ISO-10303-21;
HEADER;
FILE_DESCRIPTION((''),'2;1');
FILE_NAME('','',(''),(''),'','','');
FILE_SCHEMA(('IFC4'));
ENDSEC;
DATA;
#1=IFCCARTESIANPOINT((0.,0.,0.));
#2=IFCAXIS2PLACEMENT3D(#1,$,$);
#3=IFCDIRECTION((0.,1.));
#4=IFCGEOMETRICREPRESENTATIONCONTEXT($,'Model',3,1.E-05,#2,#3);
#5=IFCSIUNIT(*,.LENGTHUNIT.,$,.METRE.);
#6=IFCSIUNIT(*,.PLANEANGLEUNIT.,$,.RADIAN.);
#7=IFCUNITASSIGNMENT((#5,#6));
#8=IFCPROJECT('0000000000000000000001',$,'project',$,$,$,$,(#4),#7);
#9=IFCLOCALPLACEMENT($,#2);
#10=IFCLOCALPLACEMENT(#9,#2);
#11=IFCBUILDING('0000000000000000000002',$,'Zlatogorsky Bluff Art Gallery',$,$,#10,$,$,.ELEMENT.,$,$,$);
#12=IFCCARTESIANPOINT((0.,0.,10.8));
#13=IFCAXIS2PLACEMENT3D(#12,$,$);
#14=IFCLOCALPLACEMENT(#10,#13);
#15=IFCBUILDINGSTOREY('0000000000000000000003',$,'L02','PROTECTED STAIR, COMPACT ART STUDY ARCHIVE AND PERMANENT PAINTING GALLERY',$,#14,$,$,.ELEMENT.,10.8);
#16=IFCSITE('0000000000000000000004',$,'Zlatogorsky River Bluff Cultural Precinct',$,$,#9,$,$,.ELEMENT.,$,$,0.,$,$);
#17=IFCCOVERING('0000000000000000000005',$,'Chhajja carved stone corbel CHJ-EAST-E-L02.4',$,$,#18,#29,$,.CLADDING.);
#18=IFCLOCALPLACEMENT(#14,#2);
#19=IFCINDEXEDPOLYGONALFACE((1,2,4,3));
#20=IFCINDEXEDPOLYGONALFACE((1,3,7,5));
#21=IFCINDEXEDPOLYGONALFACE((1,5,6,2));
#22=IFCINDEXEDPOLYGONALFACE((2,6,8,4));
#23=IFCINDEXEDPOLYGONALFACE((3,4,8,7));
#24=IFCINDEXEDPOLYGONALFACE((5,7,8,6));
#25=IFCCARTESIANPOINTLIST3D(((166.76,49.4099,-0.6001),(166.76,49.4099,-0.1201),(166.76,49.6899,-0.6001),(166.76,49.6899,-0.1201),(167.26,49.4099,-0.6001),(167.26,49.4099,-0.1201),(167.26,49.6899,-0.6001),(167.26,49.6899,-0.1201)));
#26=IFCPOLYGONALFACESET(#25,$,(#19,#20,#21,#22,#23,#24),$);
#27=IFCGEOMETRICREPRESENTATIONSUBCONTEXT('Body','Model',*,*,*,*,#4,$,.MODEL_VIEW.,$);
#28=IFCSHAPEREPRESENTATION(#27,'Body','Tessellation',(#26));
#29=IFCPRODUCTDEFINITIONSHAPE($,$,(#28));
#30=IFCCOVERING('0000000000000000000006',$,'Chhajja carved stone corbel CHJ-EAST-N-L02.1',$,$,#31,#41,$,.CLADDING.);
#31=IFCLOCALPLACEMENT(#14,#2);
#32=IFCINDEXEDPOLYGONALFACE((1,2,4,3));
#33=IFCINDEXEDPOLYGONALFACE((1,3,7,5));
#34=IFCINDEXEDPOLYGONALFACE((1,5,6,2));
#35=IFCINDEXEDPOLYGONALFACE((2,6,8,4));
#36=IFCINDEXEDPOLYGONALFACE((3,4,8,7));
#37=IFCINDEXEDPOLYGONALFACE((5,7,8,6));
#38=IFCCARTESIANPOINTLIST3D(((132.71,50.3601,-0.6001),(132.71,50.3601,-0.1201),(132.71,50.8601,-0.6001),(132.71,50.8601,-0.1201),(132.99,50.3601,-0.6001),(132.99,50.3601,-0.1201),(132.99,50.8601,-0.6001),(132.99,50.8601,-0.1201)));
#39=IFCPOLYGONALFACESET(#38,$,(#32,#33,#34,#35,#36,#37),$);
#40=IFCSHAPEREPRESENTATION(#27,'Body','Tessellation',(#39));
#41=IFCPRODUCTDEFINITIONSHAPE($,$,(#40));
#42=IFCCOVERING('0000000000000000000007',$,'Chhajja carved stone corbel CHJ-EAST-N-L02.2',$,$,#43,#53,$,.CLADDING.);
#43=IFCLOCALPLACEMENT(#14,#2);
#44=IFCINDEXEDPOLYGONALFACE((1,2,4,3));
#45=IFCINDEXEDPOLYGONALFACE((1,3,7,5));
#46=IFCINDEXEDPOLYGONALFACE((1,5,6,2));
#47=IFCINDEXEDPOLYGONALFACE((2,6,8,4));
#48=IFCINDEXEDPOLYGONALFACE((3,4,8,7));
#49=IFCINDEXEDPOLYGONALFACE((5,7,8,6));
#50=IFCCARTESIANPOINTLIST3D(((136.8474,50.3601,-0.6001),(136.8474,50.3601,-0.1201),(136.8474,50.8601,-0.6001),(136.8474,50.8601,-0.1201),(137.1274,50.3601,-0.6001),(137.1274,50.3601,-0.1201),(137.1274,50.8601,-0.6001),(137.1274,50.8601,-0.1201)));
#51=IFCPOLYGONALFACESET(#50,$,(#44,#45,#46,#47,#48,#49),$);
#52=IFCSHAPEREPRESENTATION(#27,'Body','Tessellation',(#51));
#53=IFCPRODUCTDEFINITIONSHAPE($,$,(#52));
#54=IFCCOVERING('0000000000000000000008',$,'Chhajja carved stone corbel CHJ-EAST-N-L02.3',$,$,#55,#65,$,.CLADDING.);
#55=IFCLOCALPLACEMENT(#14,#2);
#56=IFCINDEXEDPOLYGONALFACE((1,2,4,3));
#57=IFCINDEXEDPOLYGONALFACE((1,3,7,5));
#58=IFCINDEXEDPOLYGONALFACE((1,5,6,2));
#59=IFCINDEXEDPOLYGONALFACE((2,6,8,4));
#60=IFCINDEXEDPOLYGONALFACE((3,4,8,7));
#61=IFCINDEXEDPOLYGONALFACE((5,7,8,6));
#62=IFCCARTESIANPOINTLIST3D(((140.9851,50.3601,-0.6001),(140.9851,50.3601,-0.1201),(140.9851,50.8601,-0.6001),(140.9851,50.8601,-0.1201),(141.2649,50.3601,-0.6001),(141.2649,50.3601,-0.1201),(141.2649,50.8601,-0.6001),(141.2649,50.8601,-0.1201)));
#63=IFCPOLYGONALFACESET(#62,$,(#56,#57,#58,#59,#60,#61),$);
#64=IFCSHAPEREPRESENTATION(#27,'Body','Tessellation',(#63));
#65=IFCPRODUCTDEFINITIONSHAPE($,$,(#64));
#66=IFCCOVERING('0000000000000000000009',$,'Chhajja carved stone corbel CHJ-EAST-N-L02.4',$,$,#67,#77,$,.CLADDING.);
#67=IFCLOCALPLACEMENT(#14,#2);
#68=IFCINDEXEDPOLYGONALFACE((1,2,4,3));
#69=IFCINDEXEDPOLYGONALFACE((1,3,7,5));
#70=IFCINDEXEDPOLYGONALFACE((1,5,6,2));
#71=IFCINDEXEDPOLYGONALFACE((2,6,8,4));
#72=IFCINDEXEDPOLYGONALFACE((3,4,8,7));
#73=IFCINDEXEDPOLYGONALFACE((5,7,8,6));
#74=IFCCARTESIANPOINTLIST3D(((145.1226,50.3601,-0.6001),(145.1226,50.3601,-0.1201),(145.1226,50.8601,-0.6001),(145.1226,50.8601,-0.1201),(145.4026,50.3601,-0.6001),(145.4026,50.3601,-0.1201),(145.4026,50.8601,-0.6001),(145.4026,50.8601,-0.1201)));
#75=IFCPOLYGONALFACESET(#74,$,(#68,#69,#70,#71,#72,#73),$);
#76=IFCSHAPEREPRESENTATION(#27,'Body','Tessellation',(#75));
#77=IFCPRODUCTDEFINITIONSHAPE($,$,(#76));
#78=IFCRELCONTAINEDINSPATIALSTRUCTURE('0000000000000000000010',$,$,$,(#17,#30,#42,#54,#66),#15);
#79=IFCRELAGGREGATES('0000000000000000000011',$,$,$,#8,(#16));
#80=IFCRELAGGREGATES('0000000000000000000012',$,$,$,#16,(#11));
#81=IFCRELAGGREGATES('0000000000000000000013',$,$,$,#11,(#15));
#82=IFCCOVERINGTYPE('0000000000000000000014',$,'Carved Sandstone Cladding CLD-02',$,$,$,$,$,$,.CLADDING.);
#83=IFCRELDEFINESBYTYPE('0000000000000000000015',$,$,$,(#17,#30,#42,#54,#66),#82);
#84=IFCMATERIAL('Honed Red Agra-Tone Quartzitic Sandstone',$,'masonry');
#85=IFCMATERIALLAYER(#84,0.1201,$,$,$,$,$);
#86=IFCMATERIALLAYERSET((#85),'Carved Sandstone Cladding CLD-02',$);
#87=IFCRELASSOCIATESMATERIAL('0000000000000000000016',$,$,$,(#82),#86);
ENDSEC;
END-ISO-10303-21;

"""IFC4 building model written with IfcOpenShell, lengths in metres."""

from ifc_helpers import new_model, si_unit, direction, frame, origin, place, context, subcontext, project, spatial, polyline, outline, extrude, material, layer, layer_set, type_object, element, save


model = new_model("IFC4")

# Units and contexts
model_context = context("Model", 3, precision=1e-05, world=origin(), true_north=direction((0.0, 1.0)))
body_context = subcontext(model_context, "Body", "Model", "MODEL_VIEW")
ifc_project = project(units=[si_unit("LENGTHUNIT", "METRE"), si_unit("PLANEANGLEUNIT", "RADIAN")], contexts=[model_context])

# Site, building, storey
site_placement = place(None, origin())
site = spatial("IfcSite", under=ifc_project, at=site_placement, Name="Zlatogorsky River Bluff Cultural Precinct", CompositionType="ELEMENT", RefElevation=0.0)
building_placement = place(site_placement, origin())
building = spatial("IfcBuilding", under=site, at=building_placement, Name="Zlatogorsky Bluff Art Gallery", CompositionType="ELEMENT")
storey_placement = place(building_placement, frame((0.0, 0.0, 10.8)))
storey = spatial("IfcBuildingStorey", under=building, at=storey_placement, Name="L02", Description="PROTECTED STAIR, COMPACT ART STUDY ARCHIVE AND PERMANENT PAINTING GALLERY", CompositionType="ELEMENT", Elevation=10.8)

# Coverings
ifc_material = material(Name="Honed Red Agra-Tone Quartzitic Sandstone", Category="masonry")
ifc_layer = layer(ifc_material, 0.1201)
ifc_layer_set = layer_set([ifc_layer], Name="Carved Sandstone Cladding CLD-02")
covering_type = type_object("IfcCoveringType", Name="Carved Sandstone Cladding CLD-02", PredefinedType="CLADDING", material=ifc_layer_set)
covering_1_placement = place(storey_placement, frame((0.0, 0.0, -0.6001)))
element("IfcCovering", 1, at=covering_1_placement, inside=storey, type_object=covering_type, Name="Chhajja carved stone corbel CHJ-EAST-E-L02.4", PredefinedType="CLADDING", context=body_context, shape_type="SweptSolid", body=[
    extrude(outline(polyline([(166.76, 49.4099), (166.76, 49.6899), (167.26, 49.6899), (167.26, 49.4099), (166.76, 49.4099)])), origin(), (0.0, 0.0, 1.0), 0.48),
])
covering_2_placement = place(storey_placement, frame((0.0, 0.0, -0.6001)))
element("IfcCovering", 2, at=covering_2_placement, inside=storey, type_object=covering_type, Name="Chhajja carved stone corbel CHJ-EAST-N-L02.1", PredefinedType="CLADDING", context=body_context, shape_type="SweptSolid", body=[
    extrude(outline(polyline([(132.71, 50.3601), (132.99, 50.3601), (132.99, 50.8601), (132.71, 50.8601), (132.71, 50.3601)])), origin(), (0.0, 0.0, 1.0), 0.48),
])
covering_3_placement = place(storey_placement, frame((0.0, 0.0, -0.6001)))
element("IfcCovering", 3, at=covering_3_placement, inside=storey, type_object=covering_type, Name="Chhajja carved stone corbel CHJ-EAST-N-L02.2", PredefinedType="CLADDING", context=body_context, shape_type="SweptSolid", body=[
    extrude(outline(polyline([(136.8474, 50.3601), (137.1274, 50.3601), (137.1274, 50.8601), (136.8474, 50.8601), (136.8474, 50.3601)])), origin(), (0.0, 0.0, 1.0), 0.48),
])
covering_4_placement = place(storey_placement, frame((0.0, 0.0, -0.6001)))
element("IfcCovering", 4, at=covering_4_placement, inside=storey, type_object=covering_type, Name="Chhajja carved stone corbel CHJ-EAST-N-L02.3", PredefinedType="CLADDING", context=body_context, shape_type="SweptSolid", body=[
    extrude(outline(polyline([(140.9851, 50.3601), (141.2649, 50.3601), (141.2649, 50.8601), (140.9851, 50.8601), (140.9851, 50.3601)])), origin(), (0.0, 0.0, 1.0), 0.48),
])
covering_5_placement = place(storey_placement, frame((0.0, 0.0, -0.6001)))
element("IfcCovering", 5, at=covering_5_placement, inside=storey, type_object=covering_type, Name="Chhajja carved stone corbel CHJ-EAST-N-L02.4", PredefinedType="CLADDING", context=body_context, shape_type="SweptSolid", body=[
    extrude(outline(polyline([(145.1226, 50.3601), (145.4026, 50.3601), (145.4026, 50.8601), (145.1226, 50.8601), (145.1226, 50.3601)])), origin(), (0.0, 0.0, 1.0), 0.48),
])

save(model, "model.ifc")
